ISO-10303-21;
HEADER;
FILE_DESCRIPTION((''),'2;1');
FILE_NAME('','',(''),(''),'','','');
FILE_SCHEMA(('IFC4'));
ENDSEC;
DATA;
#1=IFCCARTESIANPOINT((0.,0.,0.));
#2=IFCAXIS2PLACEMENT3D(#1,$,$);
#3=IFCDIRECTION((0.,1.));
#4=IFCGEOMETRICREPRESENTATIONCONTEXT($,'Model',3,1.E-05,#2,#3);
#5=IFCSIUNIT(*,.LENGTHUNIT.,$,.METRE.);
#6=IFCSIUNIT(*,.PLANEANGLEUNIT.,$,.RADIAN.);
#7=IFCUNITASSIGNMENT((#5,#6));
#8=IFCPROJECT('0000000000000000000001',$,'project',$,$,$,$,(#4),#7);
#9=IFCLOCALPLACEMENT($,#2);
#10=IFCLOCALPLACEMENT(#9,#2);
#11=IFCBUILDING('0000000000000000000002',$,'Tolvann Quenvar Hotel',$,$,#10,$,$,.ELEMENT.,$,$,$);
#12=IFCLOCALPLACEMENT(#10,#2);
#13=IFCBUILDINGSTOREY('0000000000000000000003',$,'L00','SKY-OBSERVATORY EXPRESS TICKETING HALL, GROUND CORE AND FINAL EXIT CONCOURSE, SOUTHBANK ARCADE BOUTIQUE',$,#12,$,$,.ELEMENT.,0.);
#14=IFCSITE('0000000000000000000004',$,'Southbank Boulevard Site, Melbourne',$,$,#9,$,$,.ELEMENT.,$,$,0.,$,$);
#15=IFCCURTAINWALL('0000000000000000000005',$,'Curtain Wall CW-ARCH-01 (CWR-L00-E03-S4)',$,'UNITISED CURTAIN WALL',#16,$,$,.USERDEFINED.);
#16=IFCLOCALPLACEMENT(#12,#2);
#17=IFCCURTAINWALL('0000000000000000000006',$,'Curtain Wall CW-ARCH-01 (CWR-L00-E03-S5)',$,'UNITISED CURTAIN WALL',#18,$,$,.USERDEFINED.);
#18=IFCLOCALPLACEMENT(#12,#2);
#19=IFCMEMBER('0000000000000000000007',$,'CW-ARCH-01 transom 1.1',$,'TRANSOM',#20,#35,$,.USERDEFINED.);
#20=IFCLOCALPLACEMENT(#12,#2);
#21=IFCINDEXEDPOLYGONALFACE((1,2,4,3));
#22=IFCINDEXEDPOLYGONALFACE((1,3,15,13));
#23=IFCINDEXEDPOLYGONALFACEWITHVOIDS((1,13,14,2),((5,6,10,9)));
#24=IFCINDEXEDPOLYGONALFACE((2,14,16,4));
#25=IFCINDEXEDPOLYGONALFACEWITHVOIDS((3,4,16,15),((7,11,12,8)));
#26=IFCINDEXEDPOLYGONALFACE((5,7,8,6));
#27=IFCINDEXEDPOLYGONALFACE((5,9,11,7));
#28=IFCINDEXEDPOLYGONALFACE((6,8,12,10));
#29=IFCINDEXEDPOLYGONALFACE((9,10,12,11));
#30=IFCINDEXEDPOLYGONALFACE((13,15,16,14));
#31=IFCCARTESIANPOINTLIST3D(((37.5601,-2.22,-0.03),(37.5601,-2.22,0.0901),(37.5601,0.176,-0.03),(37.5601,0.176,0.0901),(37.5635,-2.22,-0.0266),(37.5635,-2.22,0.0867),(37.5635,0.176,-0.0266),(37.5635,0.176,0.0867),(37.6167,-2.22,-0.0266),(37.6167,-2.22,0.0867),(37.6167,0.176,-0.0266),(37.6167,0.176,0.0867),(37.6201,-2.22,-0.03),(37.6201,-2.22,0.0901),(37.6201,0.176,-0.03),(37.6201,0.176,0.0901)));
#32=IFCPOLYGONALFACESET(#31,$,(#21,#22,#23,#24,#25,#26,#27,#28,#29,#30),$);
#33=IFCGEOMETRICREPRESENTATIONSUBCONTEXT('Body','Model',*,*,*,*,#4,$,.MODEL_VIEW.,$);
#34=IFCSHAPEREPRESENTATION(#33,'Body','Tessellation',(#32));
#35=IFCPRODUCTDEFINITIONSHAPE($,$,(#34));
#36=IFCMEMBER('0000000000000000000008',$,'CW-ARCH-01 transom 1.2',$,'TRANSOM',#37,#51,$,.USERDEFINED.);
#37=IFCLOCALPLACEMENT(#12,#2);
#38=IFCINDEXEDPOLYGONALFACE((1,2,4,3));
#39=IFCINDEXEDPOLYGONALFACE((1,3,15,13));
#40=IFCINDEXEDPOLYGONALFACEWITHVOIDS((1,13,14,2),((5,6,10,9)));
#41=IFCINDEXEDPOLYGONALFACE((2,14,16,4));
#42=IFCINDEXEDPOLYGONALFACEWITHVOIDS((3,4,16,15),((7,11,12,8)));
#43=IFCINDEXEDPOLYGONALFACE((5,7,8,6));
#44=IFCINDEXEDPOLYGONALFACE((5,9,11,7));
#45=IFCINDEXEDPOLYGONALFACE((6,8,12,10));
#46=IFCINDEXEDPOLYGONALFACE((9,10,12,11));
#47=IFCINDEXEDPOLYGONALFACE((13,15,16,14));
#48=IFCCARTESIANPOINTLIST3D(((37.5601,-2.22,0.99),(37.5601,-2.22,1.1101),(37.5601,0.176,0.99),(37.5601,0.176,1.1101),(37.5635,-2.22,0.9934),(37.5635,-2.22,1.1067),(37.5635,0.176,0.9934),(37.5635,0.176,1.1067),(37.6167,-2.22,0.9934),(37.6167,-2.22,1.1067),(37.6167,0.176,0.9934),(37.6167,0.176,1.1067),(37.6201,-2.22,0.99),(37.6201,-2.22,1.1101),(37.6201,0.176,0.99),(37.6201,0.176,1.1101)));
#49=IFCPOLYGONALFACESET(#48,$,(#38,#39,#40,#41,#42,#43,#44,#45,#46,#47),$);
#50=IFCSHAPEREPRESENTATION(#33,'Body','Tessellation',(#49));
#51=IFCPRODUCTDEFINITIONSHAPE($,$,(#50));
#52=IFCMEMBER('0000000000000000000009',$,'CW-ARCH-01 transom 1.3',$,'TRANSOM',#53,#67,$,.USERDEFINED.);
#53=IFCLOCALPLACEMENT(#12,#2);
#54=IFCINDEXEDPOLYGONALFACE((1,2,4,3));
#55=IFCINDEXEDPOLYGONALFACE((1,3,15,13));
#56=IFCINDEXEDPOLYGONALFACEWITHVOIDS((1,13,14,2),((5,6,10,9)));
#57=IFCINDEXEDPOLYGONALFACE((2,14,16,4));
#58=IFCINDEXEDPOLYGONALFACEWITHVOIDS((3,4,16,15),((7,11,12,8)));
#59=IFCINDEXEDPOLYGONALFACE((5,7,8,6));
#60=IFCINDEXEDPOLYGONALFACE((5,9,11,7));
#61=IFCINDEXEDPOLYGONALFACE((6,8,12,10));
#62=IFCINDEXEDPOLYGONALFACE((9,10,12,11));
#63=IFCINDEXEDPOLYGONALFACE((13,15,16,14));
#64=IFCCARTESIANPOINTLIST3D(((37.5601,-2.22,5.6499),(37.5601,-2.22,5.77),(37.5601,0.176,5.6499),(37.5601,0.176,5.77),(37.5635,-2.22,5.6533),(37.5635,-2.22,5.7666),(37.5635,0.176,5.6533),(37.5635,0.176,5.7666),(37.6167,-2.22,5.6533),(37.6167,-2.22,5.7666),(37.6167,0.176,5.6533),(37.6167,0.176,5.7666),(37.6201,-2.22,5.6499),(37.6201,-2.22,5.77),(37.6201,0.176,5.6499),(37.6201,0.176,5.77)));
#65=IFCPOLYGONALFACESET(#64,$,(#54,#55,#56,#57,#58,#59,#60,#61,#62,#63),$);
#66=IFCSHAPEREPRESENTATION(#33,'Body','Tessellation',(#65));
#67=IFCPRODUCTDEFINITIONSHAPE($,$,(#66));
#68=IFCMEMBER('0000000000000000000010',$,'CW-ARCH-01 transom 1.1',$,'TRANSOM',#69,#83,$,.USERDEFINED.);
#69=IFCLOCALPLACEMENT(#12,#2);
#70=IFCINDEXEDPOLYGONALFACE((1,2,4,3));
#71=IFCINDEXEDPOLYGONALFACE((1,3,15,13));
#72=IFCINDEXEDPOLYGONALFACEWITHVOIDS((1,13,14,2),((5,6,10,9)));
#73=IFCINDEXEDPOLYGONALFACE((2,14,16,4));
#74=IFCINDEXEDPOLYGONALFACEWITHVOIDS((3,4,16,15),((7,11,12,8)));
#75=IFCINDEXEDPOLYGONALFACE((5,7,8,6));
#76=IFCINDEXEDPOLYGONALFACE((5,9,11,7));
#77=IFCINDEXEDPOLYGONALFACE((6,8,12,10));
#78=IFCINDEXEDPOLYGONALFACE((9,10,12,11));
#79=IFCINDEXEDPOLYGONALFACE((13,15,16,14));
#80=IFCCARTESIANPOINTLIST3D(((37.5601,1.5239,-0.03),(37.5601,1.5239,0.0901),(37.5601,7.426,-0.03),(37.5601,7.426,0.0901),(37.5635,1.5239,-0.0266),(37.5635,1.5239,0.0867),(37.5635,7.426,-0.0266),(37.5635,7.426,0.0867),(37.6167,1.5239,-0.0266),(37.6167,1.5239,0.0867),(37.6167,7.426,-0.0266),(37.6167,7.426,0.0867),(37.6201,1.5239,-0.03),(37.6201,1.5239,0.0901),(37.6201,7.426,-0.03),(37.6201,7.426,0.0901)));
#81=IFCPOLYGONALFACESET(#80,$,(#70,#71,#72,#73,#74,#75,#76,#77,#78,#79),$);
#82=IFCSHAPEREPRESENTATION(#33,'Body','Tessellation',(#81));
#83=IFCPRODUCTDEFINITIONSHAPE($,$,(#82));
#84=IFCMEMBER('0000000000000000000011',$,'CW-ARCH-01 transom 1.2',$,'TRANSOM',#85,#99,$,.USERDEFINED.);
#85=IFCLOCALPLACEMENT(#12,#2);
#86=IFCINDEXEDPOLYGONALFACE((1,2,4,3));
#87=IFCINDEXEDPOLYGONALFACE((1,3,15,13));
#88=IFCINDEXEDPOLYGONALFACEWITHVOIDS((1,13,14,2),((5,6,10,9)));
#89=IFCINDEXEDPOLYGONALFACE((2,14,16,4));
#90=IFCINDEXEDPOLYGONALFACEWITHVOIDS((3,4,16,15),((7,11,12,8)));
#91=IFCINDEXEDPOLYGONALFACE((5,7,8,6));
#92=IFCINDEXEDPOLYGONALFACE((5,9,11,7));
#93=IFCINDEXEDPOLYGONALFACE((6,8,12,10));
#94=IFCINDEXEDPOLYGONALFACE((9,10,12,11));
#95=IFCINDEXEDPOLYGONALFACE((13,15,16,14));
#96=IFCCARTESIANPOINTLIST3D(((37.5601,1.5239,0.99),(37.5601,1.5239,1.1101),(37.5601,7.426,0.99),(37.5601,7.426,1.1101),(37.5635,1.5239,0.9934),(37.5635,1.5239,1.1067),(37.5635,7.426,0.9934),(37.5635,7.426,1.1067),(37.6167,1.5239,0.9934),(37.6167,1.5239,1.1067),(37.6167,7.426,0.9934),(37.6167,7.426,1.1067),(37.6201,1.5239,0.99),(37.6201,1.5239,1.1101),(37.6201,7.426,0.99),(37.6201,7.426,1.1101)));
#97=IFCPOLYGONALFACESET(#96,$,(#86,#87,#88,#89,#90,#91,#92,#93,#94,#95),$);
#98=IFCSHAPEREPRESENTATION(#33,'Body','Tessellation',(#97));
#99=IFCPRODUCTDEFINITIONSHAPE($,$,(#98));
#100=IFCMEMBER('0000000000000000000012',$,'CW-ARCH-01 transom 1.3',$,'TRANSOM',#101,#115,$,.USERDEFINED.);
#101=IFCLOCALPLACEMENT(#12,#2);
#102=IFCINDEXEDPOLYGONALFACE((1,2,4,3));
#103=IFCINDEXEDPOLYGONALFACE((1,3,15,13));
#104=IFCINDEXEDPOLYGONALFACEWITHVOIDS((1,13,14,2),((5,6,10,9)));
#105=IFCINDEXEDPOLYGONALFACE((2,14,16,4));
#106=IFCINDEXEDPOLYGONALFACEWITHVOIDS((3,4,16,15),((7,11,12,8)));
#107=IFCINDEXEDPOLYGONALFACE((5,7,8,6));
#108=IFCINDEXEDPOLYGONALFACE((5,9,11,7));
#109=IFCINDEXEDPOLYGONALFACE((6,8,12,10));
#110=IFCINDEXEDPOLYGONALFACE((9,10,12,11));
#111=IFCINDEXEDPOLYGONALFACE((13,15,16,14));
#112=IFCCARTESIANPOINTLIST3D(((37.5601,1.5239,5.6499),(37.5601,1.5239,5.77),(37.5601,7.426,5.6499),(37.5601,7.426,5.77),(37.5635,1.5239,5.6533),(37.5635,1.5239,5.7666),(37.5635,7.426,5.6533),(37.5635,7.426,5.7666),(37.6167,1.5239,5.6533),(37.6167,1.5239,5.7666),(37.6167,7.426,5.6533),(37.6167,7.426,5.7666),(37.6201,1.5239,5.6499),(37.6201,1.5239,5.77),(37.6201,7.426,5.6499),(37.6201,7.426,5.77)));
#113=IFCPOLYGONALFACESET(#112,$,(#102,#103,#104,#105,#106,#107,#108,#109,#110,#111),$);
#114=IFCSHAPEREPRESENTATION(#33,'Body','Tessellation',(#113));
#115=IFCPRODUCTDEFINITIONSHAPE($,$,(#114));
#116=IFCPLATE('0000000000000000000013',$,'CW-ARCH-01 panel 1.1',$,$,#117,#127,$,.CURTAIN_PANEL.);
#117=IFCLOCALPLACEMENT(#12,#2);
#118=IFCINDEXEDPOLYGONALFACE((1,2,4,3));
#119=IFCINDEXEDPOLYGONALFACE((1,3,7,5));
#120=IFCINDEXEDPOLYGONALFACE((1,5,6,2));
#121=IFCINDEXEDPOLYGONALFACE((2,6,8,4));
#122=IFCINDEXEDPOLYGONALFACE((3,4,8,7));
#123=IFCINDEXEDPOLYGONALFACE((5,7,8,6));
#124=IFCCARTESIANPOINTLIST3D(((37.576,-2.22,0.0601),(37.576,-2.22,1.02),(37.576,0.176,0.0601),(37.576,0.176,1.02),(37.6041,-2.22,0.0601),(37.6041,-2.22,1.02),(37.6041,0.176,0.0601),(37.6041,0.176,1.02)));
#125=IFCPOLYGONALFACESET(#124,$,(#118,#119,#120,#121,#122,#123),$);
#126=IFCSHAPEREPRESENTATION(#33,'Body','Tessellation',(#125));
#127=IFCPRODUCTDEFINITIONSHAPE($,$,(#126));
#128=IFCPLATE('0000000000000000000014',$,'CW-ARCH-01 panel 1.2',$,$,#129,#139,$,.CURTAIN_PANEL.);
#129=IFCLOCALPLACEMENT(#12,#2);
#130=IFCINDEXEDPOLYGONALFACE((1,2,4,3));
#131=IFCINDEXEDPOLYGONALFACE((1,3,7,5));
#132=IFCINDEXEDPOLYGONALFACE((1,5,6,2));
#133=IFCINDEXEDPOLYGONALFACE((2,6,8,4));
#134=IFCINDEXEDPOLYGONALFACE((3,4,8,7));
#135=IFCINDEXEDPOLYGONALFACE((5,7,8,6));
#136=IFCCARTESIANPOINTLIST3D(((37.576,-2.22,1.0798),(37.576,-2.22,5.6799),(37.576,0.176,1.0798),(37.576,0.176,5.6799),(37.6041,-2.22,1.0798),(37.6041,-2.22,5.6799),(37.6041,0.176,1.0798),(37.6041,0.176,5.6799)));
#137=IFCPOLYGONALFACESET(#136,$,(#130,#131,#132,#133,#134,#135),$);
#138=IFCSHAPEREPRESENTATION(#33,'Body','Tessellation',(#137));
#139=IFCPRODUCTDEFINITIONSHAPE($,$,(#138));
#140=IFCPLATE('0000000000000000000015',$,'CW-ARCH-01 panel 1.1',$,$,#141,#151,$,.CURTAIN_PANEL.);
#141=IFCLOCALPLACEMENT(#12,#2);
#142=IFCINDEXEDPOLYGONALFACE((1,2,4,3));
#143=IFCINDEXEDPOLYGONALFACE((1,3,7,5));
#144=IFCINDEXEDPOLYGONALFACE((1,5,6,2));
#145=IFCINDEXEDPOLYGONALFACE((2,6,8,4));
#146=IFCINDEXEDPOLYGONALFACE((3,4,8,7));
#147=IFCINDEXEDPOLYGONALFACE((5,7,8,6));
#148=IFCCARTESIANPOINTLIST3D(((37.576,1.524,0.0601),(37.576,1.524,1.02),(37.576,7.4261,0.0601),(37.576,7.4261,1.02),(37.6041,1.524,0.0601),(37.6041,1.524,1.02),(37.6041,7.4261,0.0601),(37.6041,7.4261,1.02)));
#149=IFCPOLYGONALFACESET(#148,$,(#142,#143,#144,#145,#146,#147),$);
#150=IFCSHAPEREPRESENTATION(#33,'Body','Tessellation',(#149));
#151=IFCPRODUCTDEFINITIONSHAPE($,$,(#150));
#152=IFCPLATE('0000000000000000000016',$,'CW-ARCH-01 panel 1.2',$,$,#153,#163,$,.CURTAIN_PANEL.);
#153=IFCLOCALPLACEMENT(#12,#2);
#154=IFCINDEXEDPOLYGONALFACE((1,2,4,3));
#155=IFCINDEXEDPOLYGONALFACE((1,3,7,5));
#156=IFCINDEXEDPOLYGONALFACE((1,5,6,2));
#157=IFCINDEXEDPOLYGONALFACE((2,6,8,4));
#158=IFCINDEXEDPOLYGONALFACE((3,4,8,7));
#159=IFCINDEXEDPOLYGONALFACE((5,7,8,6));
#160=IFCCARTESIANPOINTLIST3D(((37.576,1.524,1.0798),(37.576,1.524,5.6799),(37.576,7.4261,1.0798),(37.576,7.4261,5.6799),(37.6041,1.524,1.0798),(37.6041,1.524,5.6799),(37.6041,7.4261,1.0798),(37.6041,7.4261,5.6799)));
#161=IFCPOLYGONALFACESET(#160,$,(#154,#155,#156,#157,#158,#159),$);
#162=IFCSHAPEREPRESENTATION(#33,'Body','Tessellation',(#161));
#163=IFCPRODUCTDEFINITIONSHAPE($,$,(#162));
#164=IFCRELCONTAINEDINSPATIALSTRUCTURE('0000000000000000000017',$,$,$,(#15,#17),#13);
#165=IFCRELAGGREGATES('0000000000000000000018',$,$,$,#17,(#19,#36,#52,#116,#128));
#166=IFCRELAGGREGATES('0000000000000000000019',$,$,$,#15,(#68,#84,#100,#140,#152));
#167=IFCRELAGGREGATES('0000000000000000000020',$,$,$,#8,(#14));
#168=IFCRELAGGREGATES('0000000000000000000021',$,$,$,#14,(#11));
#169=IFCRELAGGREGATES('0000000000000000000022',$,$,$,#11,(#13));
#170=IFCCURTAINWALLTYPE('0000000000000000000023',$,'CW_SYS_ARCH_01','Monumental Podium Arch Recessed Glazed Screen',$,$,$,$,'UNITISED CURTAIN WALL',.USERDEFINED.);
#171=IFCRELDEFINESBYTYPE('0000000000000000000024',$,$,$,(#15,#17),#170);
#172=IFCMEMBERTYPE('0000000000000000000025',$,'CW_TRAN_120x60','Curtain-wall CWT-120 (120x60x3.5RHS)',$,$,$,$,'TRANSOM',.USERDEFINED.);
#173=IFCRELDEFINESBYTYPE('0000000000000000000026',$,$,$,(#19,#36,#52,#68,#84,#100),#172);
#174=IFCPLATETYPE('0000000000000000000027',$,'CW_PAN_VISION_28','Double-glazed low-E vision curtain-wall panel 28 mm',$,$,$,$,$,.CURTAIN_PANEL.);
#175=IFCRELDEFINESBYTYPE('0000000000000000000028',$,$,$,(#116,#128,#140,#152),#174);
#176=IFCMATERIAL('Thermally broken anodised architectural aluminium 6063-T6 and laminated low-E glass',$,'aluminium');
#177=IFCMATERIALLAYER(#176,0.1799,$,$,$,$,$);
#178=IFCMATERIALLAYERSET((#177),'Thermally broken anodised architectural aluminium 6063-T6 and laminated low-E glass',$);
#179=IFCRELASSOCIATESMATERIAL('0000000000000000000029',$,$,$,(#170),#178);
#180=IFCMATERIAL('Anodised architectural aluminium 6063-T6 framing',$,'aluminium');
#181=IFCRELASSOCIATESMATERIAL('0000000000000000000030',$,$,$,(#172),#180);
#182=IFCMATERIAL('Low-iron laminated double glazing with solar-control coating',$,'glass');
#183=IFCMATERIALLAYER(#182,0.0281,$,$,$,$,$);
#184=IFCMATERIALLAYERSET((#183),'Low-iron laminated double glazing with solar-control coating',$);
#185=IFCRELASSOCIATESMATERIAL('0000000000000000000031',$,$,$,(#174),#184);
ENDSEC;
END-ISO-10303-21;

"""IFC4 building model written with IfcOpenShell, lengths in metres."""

from ifc_helpers import new_model, si_unit, direction, frame, origin, origin_2d, place, context, subcontext, project, spatial, rectangle, hollow_rectangle, extrude, source, transform, mapped, material, layer, layer_set, material_profile, profile_set, type_object, type_shapes, element, aggregate, save


model = new_model("IFC4")

# Units and contexts
model_context = context("Model", 3, precision=1e-05, world=origin(), true_north=direction((0.0, 1.0)))
body_context = subcontext(model_context, "Body", "Model", "MODEL_VIEW")
ifc_project = project(units=[si_unit("LENGTHUNIT", "METRE"), si_unit("PLANEANGLEUNIT", "RADIAN")], contexts=[model_context])

# Site, building, storey
site_placement = place(None, origin())
site = spatial("IfcSite", under=ifc_project, at=site_placement, Name="Southbank Boulevard Site, Melbourne", CompositionType="ELEMENT", RefElevation=0.0)
building_placement = place(site_placement, origin())
building = spatial("IfcBuilding", under=site, at=building_placement, Name="Tolvann Quenvar Hotel", CompositionType="ELEMENT")
storey_placement = place(building_placement, origin())
storey = spatial("IfcBuildingStorey", under=building, at=storey_placement, Name="L00", Description="SKY-OBSERVATORY EXPRESS TICKETING HALL, GROUND CORE AND FINAL EXIT CONCOURSE, SOUTHBANK ARCADE BOUTIQUE", CompositionType="ELEMENT", Elevation=0.0)

# Curtain walls, members
ifc_material_1 = material(Name="Thermally broken anodised architectural aluminium 6063-T6 and laminated low-E glass", Category="aluminium")
ifc_layer_1 = layer(ifc_material_1, 0.1799)
ifc_layer_set_1 = layer_set([ifc_layer_1], Name="Thermally broken anodised architectural aluminium 6063-T6 and laminated low-E glass")
curtain_wall_type = type_object("IfcCurtainWallType", Name="CW_SYS_ARCH_01", Description="Monumental Podium Arch Recessed Glazed Screen", ElementType="UNITISED CURTAIN WALL", PredefinedType="USERDEFINED", material=ifc_layer_set_1)
curtain_wall_1_placement = place(storey_placement, origin())
curtain_wall_1 = element("IfcCurtainWall", 1, at=curtain_wall_1_placement, inside=storey, type_object=curtain_wall_type, Name="Curtain Wall CW-ARCH-01 (CWR-L00-E03-S4)", ObjectType="UNITISED CURTAIN WALL", PredefinedType="USERDEFINED")
ifc_material_2 = material(Name="Anodised architectural aluminium 6063-T6 framing", Category="aluminium")
curtain_wall_2_placement = place(storey_placement, origin())
curtain_wall_2 = element("IfcCurtainWall", 2, at=curtain_wall_2_placement, inside=storey, type_object=curtain_wall_type, Name="Curtain Wall CW-ARCH-01 (CWR-L00-E03-S5)", ObjectType="UNITISED CURTAIN WALL", PredefinedType="USERDEFINED")
ifc_material_profile_1 = material_profile(ifc_material_2, hollow_rectangle(XDim=0.0601, YDim=0.1201, WallThickness=0.0034, at=origin_2d()), Name="120x60x3.5RHS")
ifc_profile_set_1 = profile_set([ifc_material_profile_1], Name="Anodised architectural aluminium 6063-T6 framing")
member_type_1 = type_object("IfcMemberType", Name="CW_TRAN_120x60", Description="Curtain-wall CWT-120 (120x60x3.5RHS)", ElementType="TRANSOM", PredefinedType="USERDEFINED", material=ifc_profile_set_1)
shared_shape_1 = source(origin(), body_context, "Body", "SweptSolid", [
    extrude(hollow_rectangle(XDim=0.0601, YDim=0.1201, WallThickness=0.0034, at=origin_2d()), origin(), (0.0, 0.0, 1.0), 2.396),
])
member_1_placement = place(storey_placement, frame((37.5901, 0.176, 0.03), z_axis=(0.0, -1.0, 0.0), x_axis=(1.0, 0.0, 0.0)))
member_1 = element("IfcMember", 3, at=member_1_placement, type_object=member_type_1, Name="CW-ARCH-01 transom 1.1", ObjectType="TRANSOM", PredefinedType="USERDEFINED", context=body_context, shape_type="MappedRepresentation", body=[
    mapped(shared_shape_1, transform((0.0, 0.0, 0.0), x_axis=(1.0, 0.0, 0.0), y_axis=(0.0, 1.0, 0.0), z_axis=(0.0, 0.0, 1.0), scale=1.0)),
])
member_2_placement = place(storey_placement, frame((37.5901, 0.176, 1.05), z_axis=(0.0, -1.0, 0.0), x_axis=(1.0, 0.0, 0.0)))
member_2 = element("IfcMember", 4, at=member_2_placement, type_object=member_type_1, Name="CW-ARCH-01 transom 1.2", ObjectType="TRANSOM", PredefinedType="USERDEFINED", context=body_context, shape_type="MappedRepresentation", body=[
    mapped(shared_shape_1, transform((0.0, 0.0, 0.0), x_axis=(1.0, 0.0, 0.0), y_axis=(0.0, 1.0, 0.0), z_axis=(0.0, 0.0, 1.0), scale=1.0)),
])
member_3_placement = place(storey_placement, frame((37.5901, 0.176, 5.71), z_axis=(0.0, -1.0, 0.0), x_axis=(1.0, 0.0, 0.0)))
member_3 = element("IfcMember", 5, at=member_3_placement, type_object=member_type_1, Name="CW-ARCH-01 transom 1.3", ObjectType="TRANSOM", PredefinedType="USERDEFINED", context=body_context, shape_type="MappedRepresentation", body=[
    mapped(shared_shape_1, transform((0.0, 0.0, 0.0), x_axis=(1.0, 0.0, 0.0), y_axis=(0.0, 1.0, 0.0), z_axis=(0.0, 0.0, 1.0), scale=1.0)),
])

# Members
shared_shape_2 = source(origin(), body_context, "Body", "SweptSolid", [
    extrude(hollow_rectangle(XDim=0.0601, YDim=0.1201, WallThickness=0.0034, at=origin_2d()), origin(), (0.0, 0.0, 1.0), 5.9021),
])
type_shapes(member_type_1, [shared_shape_1, shared_shape_2])
member_4_placement = place(storey_placement, frame((37.5901, 7.426, 0.03), z_axis=(0.0, -1.0, 0.0), x_axis=(1.0, 0.0, 0.0)))
member_4 = element("IfcMember", 6, at=member_4_placement, type_object=member_type_1, Name="CW-ARCH-01 transom 1.1", ObjectType="TRANSOM", PredefinedType="USERDEFINED", context=body_context, shape_type="MappedRepresentation", body=[
    mapped(shared_shape_2, transform((0.0, 0.0, 0.0), x_axis=(1.0, 0.0, 0.0), y_axis=(0.0, 1.0, 0.0), z_axis=(0.0, 0.0, 1.0), scale=1.0)),
])
member_5_placement = place(storey_placement, frame((37.5901, 7.426, 1.05), z_axis=(0.0, -1.0, 0.0), x_axis=(1.0, 0.0, 0.0)))
member_5 = element("IfcMember", 7, at=member_5_placement, type_object=member_type_1, Name="CW-ARCH-01 transom 1.2", ObjectType="TRANSOM", PredefinedType="USERDEFINED", context=body_context, shape_type="MappedRepresentation", body=[
    mapped(shared_shape_2, transform((0.0, 0.0, 0.0), x_axis=(1.0, 0.0, 0.0), y_axis=(0.0, 1.0, 0.0), z_axis=(0.0, 0.0, 1.0), scale=1.0)),
])
member_6_placement = place(storey_placement, frame((37.5901, 7.426, 5.71), z_axis=(0.0, -1.0, 0.0), x_axis=(1.0, 0.0, 0.0)))
member_6 = element("IfcMember", 8, at=member_6_placement, type_object=member_type_1, Name="CW-ARCH-01 transom 1.3", ObjectType="TRANSOM", PredefinedType="USERDEFINED", context=body_context, shape_type="MappedRepresentation", body=[
    mapped(shared_shape_2, transform((0.0, 0.0, 0.0), x_axis=(1.0, 0.0, 0.0), y_axis=(0.0, 1.0, 0.0), z_axis=(0.0, 0.0, 1.0), scale=1.0)),
])

# Plates
ifc_material_3 = material(Name="Low-iron laminated double glazing with solar-control coating", Category="glass")
ifc_layer_2 = layer(ifc_material_3, 0.0281)
ifc_layer_set_2 = layer_set([ifc_layer_2], Name="Low-iron laminated double glazing with solar-control coating")
plate_type = type_object("IfcPlateType", Name="CW_PAN_VISION_28", Description="Double-glazed low-E vision curtain-wall panel 28 mm", PredefinedType="CURTAIN_PANEL", material=ifc_layer_set_2)
shared_shape_3 = source(origin(), body_context, "Body", "SweptSolid", [
    extrude(rectangle(XDim=2.396, YDim=0.0281, at=origin_2d()), origin(), (0.0, 0.0, 1.0), 0.96),
])
plate_1_placement = place(storey_placement, frame((37.5901, -1.022, 0.0601), z_axis=(0.0, 0.0, 1.0), x_axis=(0.0, -1.0, 0.0)))
plate_1 = element("IfcPlate", 9, at=plate_1_placement, type_object=plate_type, Name="CW-ARCH-01 panel 1.1", PredefinedType="CURTAIN_PANEL", context=body_context, shape_type="MappedRepresentation", body=[
    mapped(shared_shape_3, transform((0.0, 0.0, 0.0), x_axis=(1.0, 0.0, 0.0), y_axis=(0.0, 1.0, 0.0), z_axis=(0.0, 0.0, 1.0), scale=1.0)),
])
shared_shape_4 = source(origin(), body_context, "Body", "SweptSolid", [
    extrude(rectangle(XDim=2.396, YDim=0.0281, at=origin_2d()), origin(), (0.0, 0.0, 1.0), 4.6001),
])
plate_2_placement = place(storey_placement, frame((37.5901, -1.022, 1.0798), z_axis=(0.0, 0.0, 1.0), x_axis=(0.0, -1.0, 0.0)))
plate_2 = element("IfcPlate", 10, at=plate_2_placement, type_object=plate_type, Name="CW-ARCH-01 panel 1.2", PredefinedType="CURTAIN_PANEL", context=body_context, shape_type="MappedRepresentation", body=[
    mapped(shared_shape_4, transform((0.0, 0.0, 0.0), x_axis=(1.0, 0.0, 0.0), y_axis=(0.0, 1.0, 0.0), z_axis=(0.0, 0.0, 1.0), scale=1.0)),
])
aggregate(curtain_wall_2, [member_1, member_2, member_3, plate_1, plate_2])
shared_shape_5 = source(origin(), body_context, "Body", "SweptSolid", [
    extrude(rectangle(XDim=5.9021, YDim=0.0281, at=origin_2d()), origin(), (0.0, 0.0, 1.0), 0.96),
])
plate_3_placement = place(storey_placement, frame((37.5901, 4.4751, 0.0601), z_axis=(0.0, 0.0, 1.0), x_axis=(0.0, -1.0, 0.0)))
plate_3 = element("IfcPlate", 11, at=plate_3_placement, type_object=plate_type, Name="CW-ARCH-01 panel 1.1", PredefinedType="CURTAIN_PANEL", context=body_context, shape_type="MappedRepresentation", body=[
    mapped(shared_shape_5, transform((0.0, 0.0, 0.0), x_axis=(1.0, 0.0, 0.0), y_axis=(0.0, 1.0, 0.0), z_axis=(0.0, 0.0, 1.0), scale=1.0)),
])
shared_shape_6 = source(origin(), body_context, "Body", "SweptSolid", [
    extrude(rectangle(XDim=5.9021, YDim=0.0281, at=origin_2d()), origin(), (0.0, 0.0, 1.0), 4.6001),
])
type_shapes(plate_type, [shared_shape_3, shared_shape_4, shared_shape_5, shared_shape_6])
plate_4_placement = place(storey_placement, frame((37.5901, 4.4751, 1.0798), z_axis=(0.0, 0.0, 1.0), x_axis=(0.0, -1.0, 0.0)))
plate_4 = element("IfcPlate", 12, at=plate_4_placement, type_object=plate_type, Name="CW-ARCH-01 panel 1.2", PredefinedType="CURTAIN_PANEL", context=body_context, shape_type="MappedRepresentation", body=[
    mapped(shared_shape_6, transform((0.0, 0.0, 0.0), x_axis=(1.0, 0.0, 0.0), y_axis=(0.0, 1.0, 0.0), z_axis=(0.0, 0.0, 1.0), scale=1.0)),
])
aggregate(curtain_wall_1, [member_4, member_5, member_6, plate_3, plate_4])

save(model, "model.ifc")
